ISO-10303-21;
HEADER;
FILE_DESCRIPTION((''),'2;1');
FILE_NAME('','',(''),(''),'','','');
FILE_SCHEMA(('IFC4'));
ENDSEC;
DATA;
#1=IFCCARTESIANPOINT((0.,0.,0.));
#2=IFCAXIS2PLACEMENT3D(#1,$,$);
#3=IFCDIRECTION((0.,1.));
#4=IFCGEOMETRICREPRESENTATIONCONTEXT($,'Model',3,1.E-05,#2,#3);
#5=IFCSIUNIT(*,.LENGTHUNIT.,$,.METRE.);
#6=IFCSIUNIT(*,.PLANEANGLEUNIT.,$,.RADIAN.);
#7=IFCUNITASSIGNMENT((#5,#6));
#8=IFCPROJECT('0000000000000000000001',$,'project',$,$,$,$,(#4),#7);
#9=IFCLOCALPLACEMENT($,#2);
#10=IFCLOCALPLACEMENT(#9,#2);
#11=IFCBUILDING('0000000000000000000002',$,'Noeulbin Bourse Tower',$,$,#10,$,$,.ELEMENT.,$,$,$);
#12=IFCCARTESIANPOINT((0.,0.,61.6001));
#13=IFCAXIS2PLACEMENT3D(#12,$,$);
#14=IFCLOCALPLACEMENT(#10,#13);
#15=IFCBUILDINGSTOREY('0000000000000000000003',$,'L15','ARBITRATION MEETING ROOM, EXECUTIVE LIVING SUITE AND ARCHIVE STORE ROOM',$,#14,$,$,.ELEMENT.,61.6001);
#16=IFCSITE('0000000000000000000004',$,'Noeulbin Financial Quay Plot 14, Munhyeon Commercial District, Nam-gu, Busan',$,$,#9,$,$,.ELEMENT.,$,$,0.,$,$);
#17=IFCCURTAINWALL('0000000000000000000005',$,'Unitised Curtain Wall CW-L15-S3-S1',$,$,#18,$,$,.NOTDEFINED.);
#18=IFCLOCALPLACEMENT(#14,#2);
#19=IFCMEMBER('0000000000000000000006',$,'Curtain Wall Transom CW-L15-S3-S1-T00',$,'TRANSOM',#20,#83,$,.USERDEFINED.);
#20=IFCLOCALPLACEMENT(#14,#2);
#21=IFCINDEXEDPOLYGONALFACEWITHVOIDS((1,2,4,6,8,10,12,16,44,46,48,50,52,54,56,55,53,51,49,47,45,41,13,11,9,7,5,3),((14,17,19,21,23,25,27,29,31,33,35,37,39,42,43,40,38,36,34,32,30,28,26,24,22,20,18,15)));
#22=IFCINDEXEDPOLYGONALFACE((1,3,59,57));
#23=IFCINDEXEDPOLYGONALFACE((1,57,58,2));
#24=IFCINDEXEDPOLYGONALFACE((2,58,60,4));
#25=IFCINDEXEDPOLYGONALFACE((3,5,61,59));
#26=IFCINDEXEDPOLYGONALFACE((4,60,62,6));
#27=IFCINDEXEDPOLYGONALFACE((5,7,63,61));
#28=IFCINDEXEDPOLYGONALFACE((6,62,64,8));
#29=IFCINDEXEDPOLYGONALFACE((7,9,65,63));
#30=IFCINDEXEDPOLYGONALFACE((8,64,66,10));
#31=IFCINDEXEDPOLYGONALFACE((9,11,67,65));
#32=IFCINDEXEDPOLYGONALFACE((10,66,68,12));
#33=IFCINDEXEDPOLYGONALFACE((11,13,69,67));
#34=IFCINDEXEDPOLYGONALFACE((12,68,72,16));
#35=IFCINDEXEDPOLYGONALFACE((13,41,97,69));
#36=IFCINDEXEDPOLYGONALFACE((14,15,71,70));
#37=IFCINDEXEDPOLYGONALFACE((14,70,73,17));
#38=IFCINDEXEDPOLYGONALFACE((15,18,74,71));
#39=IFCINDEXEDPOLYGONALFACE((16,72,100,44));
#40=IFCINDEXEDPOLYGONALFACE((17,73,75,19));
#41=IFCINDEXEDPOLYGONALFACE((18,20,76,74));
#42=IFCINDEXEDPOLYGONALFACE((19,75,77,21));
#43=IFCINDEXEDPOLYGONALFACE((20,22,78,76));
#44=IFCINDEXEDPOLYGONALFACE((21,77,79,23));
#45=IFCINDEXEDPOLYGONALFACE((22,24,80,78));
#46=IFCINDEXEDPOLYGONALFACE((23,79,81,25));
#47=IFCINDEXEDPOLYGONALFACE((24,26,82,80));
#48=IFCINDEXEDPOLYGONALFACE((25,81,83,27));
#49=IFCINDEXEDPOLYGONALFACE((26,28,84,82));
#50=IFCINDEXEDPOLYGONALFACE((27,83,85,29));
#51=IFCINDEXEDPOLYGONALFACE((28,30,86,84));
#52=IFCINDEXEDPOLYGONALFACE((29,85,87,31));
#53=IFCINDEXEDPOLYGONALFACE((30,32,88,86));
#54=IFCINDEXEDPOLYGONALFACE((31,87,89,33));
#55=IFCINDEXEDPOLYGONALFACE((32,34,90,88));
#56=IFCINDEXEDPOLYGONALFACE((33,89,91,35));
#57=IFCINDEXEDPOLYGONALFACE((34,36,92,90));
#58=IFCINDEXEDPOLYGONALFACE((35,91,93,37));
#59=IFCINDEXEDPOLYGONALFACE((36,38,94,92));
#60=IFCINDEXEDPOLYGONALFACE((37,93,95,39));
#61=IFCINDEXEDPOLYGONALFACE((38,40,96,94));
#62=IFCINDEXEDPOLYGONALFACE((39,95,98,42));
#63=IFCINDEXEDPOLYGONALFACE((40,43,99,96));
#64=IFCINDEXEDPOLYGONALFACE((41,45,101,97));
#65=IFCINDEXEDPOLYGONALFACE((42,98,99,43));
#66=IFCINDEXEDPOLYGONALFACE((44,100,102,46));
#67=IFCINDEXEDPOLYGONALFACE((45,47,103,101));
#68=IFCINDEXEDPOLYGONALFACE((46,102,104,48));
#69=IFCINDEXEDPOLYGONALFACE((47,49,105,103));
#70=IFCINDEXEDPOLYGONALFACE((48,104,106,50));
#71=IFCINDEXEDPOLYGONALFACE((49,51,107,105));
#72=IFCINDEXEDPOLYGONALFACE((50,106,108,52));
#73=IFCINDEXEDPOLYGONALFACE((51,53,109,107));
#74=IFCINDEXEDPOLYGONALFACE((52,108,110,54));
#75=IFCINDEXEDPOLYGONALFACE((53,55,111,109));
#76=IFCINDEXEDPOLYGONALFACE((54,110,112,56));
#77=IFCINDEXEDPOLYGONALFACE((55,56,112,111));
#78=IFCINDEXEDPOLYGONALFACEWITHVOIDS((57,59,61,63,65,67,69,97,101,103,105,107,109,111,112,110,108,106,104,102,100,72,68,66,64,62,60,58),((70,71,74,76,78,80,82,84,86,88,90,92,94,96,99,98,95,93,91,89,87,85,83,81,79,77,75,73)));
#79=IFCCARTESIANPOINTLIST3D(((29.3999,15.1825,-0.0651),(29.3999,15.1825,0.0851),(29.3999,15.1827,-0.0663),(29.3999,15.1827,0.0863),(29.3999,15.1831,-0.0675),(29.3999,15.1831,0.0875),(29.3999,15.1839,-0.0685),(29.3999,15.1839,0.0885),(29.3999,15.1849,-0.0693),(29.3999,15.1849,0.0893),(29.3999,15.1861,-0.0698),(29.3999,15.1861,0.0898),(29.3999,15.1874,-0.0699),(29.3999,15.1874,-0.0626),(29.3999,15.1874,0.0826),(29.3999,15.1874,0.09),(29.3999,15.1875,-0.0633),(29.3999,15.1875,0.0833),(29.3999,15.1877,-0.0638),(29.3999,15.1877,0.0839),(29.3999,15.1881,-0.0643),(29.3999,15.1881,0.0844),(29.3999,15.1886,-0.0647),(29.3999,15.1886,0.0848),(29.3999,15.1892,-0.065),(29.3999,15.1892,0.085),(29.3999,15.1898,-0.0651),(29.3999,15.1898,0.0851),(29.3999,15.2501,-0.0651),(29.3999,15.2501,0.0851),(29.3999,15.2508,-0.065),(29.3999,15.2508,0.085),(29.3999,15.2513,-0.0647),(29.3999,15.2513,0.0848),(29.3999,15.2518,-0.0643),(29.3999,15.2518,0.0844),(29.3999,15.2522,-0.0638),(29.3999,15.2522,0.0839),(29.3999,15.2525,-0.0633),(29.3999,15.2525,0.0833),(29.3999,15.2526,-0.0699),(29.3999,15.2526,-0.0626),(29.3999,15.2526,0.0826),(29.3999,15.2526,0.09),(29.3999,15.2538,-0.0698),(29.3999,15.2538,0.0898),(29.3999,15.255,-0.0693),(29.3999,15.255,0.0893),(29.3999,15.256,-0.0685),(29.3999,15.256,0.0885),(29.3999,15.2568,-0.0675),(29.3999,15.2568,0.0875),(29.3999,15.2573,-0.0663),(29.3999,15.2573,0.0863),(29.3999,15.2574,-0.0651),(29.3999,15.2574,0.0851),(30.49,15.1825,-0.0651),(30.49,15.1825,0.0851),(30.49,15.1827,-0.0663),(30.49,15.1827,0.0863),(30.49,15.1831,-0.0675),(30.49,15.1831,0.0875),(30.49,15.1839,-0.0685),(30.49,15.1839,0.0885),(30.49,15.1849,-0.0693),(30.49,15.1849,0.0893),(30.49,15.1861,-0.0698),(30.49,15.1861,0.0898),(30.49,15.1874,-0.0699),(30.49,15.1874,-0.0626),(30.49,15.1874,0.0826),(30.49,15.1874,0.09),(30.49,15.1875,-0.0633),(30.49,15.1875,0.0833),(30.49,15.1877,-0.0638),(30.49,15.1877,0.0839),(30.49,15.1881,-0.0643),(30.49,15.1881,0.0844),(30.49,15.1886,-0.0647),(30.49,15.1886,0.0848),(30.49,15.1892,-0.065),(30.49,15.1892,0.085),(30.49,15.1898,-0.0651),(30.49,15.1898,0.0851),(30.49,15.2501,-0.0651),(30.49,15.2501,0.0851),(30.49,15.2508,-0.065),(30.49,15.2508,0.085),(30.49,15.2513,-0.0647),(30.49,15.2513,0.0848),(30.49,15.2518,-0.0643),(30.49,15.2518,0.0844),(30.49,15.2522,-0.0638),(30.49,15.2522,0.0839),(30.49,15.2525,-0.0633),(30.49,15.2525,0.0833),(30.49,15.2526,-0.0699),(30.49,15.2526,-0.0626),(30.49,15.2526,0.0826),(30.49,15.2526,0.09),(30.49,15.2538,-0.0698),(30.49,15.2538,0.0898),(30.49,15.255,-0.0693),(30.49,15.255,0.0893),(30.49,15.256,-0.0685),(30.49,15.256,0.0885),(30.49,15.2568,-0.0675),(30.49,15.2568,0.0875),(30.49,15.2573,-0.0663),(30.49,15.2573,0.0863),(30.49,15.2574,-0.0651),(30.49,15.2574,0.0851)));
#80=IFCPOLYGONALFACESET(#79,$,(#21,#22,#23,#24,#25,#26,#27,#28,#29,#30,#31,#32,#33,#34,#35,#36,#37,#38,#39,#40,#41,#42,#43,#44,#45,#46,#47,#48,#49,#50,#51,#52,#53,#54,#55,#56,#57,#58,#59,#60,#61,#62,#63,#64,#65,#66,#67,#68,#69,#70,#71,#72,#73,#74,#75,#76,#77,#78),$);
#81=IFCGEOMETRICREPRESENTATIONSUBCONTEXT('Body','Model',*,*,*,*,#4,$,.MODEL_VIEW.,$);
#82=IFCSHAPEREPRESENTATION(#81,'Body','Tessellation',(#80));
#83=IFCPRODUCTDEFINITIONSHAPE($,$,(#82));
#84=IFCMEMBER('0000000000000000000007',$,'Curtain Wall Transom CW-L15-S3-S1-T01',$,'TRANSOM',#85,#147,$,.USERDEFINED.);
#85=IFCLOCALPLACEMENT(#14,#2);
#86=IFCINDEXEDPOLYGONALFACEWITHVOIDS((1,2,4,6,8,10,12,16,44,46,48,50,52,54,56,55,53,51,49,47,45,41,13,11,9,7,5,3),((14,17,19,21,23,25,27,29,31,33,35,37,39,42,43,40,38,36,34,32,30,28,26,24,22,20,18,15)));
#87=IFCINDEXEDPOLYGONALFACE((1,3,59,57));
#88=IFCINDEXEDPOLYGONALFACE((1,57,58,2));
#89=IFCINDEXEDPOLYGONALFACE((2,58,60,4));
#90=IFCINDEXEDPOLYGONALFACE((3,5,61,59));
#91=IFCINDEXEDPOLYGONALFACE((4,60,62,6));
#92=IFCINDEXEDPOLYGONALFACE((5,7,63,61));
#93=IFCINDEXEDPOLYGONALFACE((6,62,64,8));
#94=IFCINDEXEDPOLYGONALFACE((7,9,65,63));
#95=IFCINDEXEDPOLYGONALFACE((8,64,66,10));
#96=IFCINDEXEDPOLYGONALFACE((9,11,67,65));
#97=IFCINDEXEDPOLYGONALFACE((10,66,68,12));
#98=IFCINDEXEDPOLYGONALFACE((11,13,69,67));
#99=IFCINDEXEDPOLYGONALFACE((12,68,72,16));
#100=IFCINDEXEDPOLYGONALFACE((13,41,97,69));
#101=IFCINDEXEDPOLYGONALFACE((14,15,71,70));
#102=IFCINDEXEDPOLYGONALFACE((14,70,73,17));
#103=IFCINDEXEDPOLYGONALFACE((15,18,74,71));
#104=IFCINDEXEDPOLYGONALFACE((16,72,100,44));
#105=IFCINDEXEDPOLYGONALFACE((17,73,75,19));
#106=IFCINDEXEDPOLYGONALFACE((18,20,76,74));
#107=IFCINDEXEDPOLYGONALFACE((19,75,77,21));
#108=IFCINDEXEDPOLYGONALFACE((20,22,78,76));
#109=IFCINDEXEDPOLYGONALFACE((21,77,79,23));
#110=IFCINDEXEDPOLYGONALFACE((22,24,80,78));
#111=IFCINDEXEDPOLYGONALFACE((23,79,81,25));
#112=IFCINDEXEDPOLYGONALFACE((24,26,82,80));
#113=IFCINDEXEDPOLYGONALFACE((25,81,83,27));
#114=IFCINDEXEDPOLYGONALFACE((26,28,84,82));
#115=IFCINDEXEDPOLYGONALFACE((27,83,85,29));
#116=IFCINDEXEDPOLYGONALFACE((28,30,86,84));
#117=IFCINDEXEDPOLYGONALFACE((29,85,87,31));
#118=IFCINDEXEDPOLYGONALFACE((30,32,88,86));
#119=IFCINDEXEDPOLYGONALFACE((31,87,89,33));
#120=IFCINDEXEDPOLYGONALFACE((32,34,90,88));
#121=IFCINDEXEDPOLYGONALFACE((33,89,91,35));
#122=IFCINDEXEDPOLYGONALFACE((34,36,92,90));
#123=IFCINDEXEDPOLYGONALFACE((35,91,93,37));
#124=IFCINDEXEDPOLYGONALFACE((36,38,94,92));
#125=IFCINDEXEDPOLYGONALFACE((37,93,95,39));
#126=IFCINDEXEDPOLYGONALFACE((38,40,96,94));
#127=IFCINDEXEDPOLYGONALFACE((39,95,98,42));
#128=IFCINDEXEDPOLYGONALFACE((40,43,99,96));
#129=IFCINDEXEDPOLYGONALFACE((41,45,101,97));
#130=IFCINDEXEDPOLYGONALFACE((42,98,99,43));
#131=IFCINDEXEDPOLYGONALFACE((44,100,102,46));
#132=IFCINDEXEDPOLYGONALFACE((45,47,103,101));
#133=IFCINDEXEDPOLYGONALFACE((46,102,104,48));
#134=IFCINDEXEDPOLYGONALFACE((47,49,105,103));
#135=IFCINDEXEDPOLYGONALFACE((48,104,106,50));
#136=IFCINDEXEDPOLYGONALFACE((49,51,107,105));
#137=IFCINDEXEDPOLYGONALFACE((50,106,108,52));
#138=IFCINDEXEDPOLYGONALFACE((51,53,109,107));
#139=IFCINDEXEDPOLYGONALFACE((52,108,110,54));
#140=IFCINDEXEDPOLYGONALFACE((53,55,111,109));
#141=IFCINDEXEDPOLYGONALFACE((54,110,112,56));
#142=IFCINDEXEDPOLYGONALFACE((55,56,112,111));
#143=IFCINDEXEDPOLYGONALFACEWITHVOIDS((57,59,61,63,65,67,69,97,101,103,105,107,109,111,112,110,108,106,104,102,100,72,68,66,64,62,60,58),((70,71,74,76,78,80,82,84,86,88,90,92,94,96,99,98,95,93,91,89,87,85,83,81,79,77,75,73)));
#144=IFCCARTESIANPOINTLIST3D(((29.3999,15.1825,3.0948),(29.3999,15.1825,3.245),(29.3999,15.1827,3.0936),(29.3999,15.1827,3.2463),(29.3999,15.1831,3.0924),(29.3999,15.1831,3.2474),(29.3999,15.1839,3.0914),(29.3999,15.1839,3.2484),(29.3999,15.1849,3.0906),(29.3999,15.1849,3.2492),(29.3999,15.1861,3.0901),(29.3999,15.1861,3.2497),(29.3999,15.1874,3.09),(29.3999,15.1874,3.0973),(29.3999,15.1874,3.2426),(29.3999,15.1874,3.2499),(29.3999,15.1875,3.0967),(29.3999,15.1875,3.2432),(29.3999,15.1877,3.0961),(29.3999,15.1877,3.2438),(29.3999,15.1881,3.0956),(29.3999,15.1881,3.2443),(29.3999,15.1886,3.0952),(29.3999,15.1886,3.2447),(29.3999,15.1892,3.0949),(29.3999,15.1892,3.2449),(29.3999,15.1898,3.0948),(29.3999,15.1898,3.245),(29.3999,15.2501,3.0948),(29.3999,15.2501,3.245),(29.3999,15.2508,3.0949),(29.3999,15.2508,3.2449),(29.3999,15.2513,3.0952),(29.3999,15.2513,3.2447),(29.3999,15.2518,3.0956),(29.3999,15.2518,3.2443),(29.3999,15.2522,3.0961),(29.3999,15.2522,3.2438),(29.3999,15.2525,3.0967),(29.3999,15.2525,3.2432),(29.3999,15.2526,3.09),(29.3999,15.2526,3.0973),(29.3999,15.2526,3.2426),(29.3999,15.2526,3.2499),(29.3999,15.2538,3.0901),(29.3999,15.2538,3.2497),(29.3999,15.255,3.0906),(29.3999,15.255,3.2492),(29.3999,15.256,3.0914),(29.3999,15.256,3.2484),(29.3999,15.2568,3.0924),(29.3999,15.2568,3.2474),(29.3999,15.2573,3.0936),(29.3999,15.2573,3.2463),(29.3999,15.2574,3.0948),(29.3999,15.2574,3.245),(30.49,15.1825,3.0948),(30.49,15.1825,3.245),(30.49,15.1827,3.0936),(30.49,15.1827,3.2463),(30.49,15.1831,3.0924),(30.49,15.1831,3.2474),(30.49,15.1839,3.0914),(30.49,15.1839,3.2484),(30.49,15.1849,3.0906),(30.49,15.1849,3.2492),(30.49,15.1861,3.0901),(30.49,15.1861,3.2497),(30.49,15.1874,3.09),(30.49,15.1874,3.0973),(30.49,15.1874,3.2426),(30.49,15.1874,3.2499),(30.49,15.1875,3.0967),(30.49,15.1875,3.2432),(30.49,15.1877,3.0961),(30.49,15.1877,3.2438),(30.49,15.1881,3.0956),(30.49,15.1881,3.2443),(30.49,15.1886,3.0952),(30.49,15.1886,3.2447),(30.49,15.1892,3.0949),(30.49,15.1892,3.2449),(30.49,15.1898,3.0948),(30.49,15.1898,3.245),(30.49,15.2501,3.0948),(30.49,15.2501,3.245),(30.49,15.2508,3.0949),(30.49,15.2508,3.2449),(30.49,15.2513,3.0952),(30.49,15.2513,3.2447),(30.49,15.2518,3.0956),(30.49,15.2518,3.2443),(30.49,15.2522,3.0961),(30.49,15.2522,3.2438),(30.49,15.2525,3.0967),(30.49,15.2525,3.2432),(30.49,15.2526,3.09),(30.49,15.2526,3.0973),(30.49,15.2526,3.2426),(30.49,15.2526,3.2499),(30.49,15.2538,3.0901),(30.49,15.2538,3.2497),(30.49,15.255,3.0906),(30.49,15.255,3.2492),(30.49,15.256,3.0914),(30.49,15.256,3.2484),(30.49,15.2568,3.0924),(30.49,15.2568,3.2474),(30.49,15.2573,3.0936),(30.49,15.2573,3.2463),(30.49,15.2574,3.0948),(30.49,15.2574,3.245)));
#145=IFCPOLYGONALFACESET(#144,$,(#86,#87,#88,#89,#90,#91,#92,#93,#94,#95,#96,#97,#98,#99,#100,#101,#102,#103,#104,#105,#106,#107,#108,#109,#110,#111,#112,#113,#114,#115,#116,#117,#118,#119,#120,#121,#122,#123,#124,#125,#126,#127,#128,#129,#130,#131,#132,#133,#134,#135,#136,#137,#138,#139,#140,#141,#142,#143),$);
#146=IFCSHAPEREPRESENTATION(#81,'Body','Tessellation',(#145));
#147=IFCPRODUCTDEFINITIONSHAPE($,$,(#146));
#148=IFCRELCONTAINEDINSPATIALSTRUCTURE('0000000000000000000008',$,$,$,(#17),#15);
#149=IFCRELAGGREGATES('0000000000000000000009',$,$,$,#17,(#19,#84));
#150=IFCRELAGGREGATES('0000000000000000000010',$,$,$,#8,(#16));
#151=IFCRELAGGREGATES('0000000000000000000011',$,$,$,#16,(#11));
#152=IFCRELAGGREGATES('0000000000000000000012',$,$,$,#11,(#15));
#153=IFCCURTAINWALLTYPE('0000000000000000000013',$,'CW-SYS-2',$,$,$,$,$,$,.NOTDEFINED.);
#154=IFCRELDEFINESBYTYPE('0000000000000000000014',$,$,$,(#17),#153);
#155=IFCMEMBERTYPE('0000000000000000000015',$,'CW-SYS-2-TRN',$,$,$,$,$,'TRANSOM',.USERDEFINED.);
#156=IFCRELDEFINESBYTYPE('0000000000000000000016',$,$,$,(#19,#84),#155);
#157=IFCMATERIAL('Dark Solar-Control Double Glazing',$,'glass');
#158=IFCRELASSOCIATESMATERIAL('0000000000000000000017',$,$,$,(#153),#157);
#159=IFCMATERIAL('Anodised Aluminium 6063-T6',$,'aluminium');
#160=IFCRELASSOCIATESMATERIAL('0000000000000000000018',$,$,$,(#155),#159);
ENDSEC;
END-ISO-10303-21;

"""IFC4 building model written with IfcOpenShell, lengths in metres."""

from ifc_helpers import new_model, si_unit, direction, frame, origin, origin_2d, place, context, subcontext, project, spatial, hollow_rectangle, extrude, material, material_profile, profile_set, type_object, element, aggregate, save


model = new_model("IFC4")

# Units and contexts
model_context = context("Model", 3, precision=1e-05, world=origin(), true_north=direction((0.0, 1.0)))
body_context = subcontext(model_context, "Body", "Model", "MODEL_VIEW")
ifc_project = project(units=[si_unit("LENGTHUNIT", "METRE"), si_unit("PLANEANGLEUNIT", "RADIAN")], contexts=[model_context])

# Site, building, storey
site_placement = place(None, origin())
site = spatial("IfcSite", under=ifc_project, at=site_placement, Name="Noeulbin Financial Quay Plot 14, Munhyeon Commercial District, Nam-gu, Busan", CompositionType="ELEMENT", RefElevation=0.0)
building_placement = place(site_placement, origin())
building = spatial("IfcBuilding", under=site, at=building_placement, Name="Noeulbin Bourse Tower", CompositionType="ELEMENT")
storey_placement = place(building_placement, frame((0.0, 0.0, 61.6001)))
storey = spatial("IfcBuildingStorey", under=building, at=storey_placement, Name="L15", Description="ARBITRATION MEETING ROOM, EXECUTIVE LIVING SUITE AND ARCHIVE STORE ROOM", CompositionType="ELEMENT", Elevation=61.6001)

# Curtain wall
ifc_material_1 = material(Name="Dark Solar-Control Double Glazing", Category="glass")
curtain_wall_type = type_object("IfcCurtainWallType", Name="CW-SYS-2", PredefinedType="NOTDEFINED", material=ifc_material_1)
curtain_wall_1_placement = place(storey_placement, origin())
curtain_wall_1 = element("IfcCurtainWall", 1, at=curtain_wall_1_placement, inside=storey, type_object=curtain_wall_type, Name="Unitised Curtain Wall CW-L15-S3-S1", PredefinedType="NOTDEFINED")
ifc_material_2 = material(Name="Anodised Aluminium 6063-T6", Category="aluminium")

# Members
ifc_material_profile_1 = material_profile(ifc_material_2, hollow_rectangle(XDim=0.075, YDim=0.1599, WallThickness=0.0049, InnerFilletRadius=0.0024, OuterFilletRadius=0.0049, at=origin_2d()), Name="ALU-TRAN-75x160x5", Category="LoadBearing")
ifc_profile_set_1 = profile_set([ifc_material_profile_1], Name="Anodised Aluminium 6063-T6")
member_type_1 = type_object("IfcMemberType", Name="CW-SYS-2-TRN", ElementType="TRANSOM", PredefinedType="USERDEFINED", material=ifc_profile_set_1)
member_1_placement = place(storey_placement, frame((29.3999, 15.22, 0.01), z_axis=(1.0, 0.0, 0.0), x_axis=(0.0, 1.0, 0.0)))
member_1 = element("IfcMember", 2, at=member_1_placement, type_object=member_type_1, Name="Curtain Wall Transom CW-L15-S3-S1-T00", ObjectType="TRANSOM", PredefinedType="USERDEFINED", context=body_context, shape_type="SweptSolid", body=[
    extrude(hollow_rectangle(XDim=0.075, YDim=0.1599, WallThickness=0.0049, InnerFilletRadius=0.0024, OuterFilletRadius=0.0049, at=origin_2d()), origin(), (0.0, 0.0, 1.0), 1.0901),
])
member_2_placement = place(storey_placement, frame((29.3999, 15.22, 3.1699), z_axis=(1.0, 0.0, 0.0), x_axis=(0.0, 1.0, 0.0)))
member_2 = element("IfcMember", 3, at=member_2_placement, type_object=member_type_1, Name="Curtain Wall Transom CW-L15-S3-S1-T01", ObjectType="TRANSOM", PredefinedType="USERDEFINED", context=body_context, shape_type="SweptSolid", body=[
    extrude(hollow_rectangle(XDim=0.075, YDim=0.1599, WallThickness=0.0049, InnerFilletRadius=0.0024, OuterFilletRadius=0.0049, at=origin_2d()), origin(), (0.0, 0.0, 1.0), 1.0901),
])

aggregate(curtain_wall_1, [member_1, member_2])

save(model, "model.ifc")
